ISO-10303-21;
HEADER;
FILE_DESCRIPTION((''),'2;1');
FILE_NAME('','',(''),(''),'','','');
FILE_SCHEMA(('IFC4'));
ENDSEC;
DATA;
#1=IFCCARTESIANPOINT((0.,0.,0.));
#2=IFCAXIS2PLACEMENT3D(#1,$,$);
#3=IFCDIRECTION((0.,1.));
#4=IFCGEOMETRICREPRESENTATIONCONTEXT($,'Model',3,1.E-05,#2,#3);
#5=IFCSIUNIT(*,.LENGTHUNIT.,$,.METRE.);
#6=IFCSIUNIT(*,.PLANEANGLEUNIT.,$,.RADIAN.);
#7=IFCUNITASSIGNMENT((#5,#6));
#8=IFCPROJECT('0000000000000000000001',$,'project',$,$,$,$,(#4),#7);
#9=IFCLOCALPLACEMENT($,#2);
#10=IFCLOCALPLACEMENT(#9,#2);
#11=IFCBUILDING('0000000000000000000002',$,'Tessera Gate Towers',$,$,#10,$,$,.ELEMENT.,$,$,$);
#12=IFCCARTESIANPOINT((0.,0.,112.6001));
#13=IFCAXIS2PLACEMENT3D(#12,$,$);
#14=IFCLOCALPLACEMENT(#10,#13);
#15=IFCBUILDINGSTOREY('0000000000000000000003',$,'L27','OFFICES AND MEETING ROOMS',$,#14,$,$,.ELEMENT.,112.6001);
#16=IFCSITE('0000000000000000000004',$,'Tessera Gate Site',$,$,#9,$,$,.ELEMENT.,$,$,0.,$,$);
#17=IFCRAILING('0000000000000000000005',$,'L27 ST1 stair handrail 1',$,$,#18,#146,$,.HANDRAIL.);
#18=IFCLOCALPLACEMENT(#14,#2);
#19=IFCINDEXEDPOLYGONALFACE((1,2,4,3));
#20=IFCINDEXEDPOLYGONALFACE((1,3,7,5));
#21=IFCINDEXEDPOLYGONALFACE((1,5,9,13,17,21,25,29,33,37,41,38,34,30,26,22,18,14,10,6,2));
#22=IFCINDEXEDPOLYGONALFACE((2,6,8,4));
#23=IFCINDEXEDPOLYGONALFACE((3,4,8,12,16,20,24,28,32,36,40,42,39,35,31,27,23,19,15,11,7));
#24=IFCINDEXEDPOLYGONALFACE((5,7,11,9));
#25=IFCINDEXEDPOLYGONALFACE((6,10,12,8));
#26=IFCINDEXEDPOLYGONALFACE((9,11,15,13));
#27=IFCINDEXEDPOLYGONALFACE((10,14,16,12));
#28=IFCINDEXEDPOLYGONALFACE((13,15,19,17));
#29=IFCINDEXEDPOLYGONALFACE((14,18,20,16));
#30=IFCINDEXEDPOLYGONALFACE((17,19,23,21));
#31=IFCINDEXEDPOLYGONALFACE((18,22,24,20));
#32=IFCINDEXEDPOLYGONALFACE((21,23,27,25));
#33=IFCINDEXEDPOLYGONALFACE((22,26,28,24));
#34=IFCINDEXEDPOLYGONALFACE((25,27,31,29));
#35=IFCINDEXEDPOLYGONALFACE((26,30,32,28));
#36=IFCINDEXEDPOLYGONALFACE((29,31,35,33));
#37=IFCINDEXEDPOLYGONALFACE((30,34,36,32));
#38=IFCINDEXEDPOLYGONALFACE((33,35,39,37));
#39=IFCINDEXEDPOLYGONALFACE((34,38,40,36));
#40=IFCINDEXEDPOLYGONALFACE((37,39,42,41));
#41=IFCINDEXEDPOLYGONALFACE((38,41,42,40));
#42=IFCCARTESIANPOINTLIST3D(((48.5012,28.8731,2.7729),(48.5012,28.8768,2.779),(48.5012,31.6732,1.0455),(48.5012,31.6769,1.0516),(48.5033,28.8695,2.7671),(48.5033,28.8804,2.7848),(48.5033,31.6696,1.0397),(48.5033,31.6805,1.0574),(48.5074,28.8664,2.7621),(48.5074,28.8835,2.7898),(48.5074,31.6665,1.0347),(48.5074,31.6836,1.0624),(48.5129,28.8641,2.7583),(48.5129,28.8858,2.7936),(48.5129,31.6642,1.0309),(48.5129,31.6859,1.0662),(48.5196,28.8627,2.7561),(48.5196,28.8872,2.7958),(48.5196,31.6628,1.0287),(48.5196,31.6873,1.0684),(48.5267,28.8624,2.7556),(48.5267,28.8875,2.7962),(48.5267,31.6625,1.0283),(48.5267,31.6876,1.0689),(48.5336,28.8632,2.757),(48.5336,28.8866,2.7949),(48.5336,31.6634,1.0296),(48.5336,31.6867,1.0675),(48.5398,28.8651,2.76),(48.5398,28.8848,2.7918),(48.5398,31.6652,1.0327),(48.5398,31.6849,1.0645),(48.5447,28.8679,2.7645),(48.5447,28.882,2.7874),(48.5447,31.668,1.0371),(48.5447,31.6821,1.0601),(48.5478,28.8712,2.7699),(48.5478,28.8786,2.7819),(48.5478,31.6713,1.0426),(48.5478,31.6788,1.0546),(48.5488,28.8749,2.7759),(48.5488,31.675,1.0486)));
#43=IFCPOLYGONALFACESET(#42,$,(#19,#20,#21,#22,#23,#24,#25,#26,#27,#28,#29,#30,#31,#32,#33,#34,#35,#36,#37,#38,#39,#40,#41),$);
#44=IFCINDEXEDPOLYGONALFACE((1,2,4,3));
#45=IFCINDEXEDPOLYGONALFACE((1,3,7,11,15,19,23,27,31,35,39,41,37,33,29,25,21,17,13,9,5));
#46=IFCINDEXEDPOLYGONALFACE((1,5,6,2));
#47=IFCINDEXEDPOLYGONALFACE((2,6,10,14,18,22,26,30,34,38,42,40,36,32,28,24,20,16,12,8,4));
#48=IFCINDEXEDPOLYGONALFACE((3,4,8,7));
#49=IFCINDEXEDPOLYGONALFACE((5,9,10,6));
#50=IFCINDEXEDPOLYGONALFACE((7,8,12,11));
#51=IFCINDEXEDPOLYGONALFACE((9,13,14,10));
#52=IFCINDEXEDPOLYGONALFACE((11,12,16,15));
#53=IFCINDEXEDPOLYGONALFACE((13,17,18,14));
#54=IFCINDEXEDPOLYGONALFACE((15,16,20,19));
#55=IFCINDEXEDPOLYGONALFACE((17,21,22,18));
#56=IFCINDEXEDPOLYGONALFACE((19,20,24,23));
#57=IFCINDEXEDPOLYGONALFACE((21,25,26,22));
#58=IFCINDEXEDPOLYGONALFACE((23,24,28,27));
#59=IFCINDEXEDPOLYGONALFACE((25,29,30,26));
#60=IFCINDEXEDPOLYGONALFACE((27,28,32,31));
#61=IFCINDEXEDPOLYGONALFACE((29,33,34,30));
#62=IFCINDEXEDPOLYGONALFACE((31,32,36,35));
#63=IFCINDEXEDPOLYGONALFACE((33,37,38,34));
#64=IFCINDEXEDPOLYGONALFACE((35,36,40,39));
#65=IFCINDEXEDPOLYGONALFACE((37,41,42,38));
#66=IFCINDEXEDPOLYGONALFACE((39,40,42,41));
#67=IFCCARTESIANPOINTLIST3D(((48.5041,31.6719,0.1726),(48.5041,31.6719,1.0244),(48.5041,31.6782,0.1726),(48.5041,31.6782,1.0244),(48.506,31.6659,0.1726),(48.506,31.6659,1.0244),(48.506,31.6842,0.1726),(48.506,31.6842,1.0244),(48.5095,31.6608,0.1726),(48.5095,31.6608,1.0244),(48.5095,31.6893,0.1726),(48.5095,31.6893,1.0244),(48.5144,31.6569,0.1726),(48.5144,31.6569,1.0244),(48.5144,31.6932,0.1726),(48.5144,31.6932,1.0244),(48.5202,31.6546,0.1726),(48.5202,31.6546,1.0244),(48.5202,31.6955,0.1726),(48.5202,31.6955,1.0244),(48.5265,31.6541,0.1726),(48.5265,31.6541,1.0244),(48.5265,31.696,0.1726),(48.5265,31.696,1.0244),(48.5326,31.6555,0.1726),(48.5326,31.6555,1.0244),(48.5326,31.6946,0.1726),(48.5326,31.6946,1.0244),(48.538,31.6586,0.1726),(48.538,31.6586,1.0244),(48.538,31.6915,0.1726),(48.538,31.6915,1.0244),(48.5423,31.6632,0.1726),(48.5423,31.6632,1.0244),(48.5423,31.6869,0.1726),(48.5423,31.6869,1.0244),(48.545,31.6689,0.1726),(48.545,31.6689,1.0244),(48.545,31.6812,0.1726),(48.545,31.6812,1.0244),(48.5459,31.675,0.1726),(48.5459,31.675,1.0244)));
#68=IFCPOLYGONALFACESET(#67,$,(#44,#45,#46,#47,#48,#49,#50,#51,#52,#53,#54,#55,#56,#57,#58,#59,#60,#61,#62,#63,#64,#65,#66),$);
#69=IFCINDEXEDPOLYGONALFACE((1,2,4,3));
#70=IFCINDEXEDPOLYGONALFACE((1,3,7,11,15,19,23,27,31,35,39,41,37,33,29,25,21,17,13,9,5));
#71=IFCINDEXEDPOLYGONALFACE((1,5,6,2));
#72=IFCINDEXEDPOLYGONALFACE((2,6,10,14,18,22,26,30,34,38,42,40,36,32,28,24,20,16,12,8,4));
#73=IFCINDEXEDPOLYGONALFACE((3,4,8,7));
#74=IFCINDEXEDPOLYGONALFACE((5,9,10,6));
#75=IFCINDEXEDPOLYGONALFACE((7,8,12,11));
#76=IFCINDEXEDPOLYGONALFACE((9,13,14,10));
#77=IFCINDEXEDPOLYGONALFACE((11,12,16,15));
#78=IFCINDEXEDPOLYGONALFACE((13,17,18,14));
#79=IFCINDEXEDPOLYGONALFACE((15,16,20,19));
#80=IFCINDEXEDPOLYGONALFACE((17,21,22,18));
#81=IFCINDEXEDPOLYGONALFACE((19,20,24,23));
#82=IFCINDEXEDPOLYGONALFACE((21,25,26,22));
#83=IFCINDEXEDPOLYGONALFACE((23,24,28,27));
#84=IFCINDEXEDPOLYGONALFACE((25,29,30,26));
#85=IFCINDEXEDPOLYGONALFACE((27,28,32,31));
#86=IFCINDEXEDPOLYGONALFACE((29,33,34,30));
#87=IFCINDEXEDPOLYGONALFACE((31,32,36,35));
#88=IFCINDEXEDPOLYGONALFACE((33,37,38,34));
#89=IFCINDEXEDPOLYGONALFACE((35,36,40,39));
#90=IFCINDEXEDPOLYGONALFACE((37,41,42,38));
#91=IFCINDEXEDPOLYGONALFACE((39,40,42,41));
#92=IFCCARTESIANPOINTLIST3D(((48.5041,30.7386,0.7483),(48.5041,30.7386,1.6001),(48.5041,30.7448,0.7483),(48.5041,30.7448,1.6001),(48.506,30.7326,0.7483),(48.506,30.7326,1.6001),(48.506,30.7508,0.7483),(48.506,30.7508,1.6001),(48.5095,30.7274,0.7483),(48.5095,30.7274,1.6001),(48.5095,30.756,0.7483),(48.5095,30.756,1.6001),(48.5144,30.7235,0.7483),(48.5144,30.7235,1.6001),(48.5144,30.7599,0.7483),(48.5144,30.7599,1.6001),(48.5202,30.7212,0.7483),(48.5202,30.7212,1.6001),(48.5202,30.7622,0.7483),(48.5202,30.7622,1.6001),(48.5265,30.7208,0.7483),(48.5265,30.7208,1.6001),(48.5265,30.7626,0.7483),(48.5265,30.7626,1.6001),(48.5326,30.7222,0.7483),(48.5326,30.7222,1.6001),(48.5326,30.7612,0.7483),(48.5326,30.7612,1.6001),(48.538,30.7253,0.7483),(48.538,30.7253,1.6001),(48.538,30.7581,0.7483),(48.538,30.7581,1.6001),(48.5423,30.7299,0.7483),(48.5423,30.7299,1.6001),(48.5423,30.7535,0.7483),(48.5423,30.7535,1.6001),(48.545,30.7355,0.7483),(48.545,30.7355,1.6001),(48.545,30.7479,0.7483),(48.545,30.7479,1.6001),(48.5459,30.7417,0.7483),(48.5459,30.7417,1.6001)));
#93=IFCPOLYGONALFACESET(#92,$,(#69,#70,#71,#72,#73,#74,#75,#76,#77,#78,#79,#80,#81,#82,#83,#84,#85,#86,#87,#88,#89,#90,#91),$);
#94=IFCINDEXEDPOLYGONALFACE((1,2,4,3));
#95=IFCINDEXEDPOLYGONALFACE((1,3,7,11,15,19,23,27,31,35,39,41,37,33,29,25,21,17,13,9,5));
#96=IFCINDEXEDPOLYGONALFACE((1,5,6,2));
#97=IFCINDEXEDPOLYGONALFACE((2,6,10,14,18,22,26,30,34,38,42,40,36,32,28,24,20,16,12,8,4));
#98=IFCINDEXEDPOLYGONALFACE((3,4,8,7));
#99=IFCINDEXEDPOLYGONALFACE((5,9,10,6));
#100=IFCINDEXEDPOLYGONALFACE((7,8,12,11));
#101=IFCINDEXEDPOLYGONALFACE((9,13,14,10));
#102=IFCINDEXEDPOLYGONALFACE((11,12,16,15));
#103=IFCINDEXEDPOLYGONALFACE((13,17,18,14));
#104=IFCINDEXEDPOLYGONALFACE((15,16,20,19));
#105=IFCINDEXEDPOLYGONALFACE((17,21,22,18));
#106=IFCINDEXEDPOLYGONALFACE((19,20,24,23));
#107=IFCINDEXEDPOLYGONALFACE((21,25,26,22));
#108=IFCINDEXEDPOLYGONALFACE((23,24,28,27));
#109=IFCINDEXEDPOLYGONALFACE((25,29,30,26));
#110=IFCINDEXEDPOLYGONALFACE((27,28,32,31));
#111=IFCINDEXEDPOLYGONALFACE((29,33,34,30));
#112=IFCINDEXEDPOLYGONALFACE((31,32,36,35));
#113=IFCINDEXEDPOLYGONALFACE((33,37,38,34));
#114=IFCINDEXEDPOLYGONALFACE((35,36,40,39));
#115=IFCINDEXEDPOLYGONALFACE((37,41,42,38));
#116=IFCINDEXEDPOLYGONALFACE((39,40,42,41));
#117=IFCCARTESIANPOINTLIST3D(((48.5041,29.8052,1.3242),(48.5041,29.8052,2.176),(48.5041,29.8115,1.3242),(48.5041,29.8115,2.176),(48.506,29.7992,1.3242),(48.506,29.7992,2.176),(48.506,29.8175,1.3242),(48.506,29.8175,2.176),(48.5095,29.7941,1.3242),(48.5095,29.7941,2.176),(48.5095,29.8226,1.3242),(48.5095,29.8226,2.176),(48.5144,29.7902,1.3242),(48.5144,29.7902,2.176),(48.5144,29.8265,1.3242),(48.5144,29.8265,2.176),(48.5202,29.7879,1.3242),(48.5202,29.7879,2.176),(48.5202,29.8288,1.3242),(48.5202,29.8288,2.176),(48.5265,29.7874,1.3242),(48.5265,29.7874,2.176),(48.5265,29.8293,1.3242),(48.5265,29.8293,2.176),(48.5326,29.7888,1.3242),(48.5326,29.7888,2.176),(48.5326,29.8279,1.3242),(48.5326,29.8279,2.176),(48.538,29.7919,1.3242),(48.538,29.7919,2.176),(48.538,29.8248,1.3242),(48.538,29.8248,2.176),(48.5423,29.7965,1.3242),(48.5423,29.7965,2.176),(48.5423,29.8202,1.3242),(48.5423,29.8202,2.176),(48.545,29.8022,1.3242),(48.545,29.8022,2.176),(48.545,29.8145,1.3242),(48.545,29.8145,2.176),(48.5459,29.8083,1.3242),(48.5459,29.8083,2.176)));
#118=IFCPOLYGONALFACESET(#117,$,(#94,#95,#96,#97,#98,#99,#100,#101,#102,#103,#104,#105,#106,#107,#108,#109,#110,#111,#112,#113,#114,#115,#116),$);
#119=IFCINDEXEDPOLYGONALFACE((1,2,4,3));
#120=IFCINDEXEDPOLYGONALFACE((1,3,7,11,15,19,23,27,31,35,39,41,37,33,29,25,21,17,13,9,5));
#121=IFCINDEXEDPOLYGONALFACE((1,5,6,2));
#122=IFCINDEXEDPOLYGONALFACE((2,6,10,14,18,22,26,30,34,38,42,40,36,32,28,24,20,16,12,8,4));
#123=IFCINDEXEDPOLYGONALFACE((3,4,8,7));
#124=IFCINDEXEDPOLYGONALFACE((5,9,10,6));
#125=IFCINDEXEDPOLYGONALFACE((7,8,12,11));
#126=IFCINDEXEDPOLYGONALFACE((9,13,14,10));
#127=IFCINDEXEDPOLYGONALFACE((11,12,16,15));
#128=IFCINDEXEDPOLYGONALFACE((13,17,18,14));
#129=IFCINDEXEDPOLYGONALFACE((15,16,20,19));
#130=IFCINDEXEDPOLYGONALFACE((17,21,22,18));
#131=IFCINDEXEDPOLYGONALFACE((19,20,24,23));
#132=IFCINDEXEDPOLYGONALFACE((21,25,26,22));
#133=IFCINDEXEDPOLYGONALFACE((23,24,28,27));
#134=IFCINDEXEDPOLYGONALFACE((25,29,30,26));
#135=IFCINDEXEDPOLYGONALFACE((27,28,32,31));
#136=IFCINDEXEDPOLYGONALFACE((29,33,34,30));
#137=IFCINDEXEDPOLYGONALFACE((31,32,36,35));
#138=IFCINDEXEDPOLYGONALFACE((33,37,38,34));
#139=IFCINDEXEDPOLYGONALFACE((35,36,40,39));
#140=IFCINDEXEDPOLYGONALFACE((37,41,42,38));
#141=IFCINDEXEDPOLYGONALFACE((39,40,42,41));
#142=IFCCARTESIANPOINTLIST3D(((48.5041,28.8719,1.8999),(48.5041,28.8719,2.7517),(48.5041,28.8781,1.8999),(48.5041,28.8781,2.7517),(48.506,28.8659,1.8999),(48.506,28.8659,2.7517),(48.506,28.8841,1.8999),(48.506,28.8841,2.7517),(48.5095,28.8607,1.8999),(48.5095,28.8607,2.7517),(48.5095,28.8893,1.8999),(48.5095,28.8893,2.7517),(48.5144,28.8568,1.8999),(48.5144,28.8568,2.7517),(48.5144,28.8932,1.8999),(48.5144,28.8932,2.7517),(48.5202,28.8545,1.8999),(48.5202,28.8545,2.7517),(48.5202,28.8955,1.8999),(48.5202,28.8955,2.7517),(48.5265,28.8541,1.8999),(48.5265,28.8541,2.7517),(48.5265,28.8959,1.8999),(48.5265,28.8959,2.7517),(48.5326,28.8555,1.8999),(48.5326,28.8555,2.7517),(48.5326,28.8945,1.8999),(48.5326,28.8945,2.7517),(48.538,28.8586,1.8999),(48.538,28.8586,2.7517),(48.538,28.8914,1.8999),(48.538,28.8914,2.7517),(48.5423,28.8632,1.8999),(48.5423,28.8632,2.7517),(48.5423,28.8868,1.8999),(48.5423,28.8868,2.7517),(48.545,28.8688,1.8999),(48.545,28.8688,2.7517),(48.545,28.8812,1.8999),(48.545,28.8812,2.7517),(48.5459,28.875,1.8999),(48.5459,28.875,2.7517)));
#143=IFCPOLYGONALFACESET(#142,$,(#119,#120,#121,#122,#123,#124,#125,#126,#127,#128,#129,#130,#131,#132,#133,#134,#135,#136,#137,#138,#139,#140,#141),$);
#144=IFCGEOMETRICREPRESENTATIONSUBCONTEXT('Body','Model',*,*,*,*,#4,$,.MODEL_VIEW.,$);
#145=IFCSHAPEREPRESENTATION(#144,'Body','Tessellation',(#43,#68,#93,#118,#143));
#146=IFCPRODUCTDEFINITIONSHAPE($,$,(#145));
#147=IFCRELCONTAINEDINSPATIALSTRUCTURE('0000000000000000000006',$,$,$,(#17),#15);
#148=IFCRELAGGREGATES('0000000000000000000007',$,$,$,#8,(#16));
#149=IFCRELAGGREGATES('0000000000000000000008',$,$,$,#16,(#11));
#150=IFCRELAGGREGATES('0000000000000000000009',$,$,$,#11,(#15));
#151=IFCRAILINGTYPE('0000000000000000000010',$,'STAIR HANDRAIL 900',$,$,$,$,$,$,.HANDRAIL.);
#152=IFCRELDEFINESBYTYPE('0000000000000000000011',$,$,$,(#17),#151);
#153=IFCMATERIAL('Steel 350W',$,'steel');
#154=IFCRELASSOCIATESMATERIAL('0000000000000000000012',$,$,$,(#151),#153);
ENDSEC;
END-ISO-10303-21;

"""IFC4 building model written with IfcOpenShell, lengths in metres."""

from ifc_helpers import new_model, si_unit, direction, frame, origin, origin_2d, place, context, subcontext, project, spatial, circle, extrude, material, type_object, element, save


model = new_model("IFC4")

# Units and contexts
model_context = context("Model", 3, precision=1e-05, world=origin(), true_north=direction((0.0, 1.0)))
body_context = subcontext(model_context, "Body", "Model", "MODEL_VIEW")
ifc_project = project(units=[si_unit("LENGTHUNIT", "METRE"), si_unit("PLANEANGLEUNIT", "RADIAN")], contexts=[model_context])

# Site, building, storey
site_placement = place(None, origin())
site = spatial("IfcSite", under=ifc_project, at=site_placement, Name="Tessera Gate Site", CompositionType="ELEMENT", RefElevation=0.0)
building_placement = place(site_placement, origin())
building = spatial("IfcBuilding", under=site, at=building_placement, Name="Tessera Gate Towers", CompositionType="ELEMENT")
storey_placement = place(building_placement, frame((0.0, 0.0, 112.6001)))
storey = spatial("IfcBuildingStorey", under=building, at=storey_placement, Name="L27", Description="OFFICES AND MEETING ROOMS", CompositionType="ELEMENT", Elevation=112.6001)

# Railing
ifc_material_1 = material(Name="Steel 350W", Category="steel")
railing_type_1 = type_object("IfcRailingType", Name="STAIR HANDRAIL 900", PredefinedType="HANDRAIL", material=ifc_material_1)
railing_1_placement = place(storey_placement, frame((48.5249, 31.675, 0.1726)))
element("IfcRailing", 1, at=railing_1_placement, inside=storey, type_object=railing_type_1, Name="L27 ST1 stair handrail 1", PredefinedType="HANDRAIL", context=body_context, shape_type="SweptSolid", body=[
    extrude(circle(Radius=0.0239, at=origin_2d()), frame((0.0, 0.0, 0.876), z_axis=(0.0, -0.85109, 0.52502), x_axis=(1.0, 0.0, 0.0)), (0.0, 0.0, 1.0), 3.29),
    extrude(circle(Radius=0.021, at=origin_2d()), origin(), (0.0, 0.0, 1.0), 0.8518),
    extrude(circle(Radius=0.021, at=origin_2d()), frame((0.0, -0.9333, 0.5757)), (0.0, 0.0, 1.0), 0.8518),
    extrude(circle(Radius=0.021, at=origin_2d()), frame((0.0, -1.8667, 1.1516)), (0.0, 0.0, 1.0), 0.8518),
    extrude(circle(Radius=0.021, at=origin_2d()), frame((0.0, -2.8, 1.7273)), (0.0, 0.0, 1.0), 0.8518),
])

save(model, "model.ifc")
